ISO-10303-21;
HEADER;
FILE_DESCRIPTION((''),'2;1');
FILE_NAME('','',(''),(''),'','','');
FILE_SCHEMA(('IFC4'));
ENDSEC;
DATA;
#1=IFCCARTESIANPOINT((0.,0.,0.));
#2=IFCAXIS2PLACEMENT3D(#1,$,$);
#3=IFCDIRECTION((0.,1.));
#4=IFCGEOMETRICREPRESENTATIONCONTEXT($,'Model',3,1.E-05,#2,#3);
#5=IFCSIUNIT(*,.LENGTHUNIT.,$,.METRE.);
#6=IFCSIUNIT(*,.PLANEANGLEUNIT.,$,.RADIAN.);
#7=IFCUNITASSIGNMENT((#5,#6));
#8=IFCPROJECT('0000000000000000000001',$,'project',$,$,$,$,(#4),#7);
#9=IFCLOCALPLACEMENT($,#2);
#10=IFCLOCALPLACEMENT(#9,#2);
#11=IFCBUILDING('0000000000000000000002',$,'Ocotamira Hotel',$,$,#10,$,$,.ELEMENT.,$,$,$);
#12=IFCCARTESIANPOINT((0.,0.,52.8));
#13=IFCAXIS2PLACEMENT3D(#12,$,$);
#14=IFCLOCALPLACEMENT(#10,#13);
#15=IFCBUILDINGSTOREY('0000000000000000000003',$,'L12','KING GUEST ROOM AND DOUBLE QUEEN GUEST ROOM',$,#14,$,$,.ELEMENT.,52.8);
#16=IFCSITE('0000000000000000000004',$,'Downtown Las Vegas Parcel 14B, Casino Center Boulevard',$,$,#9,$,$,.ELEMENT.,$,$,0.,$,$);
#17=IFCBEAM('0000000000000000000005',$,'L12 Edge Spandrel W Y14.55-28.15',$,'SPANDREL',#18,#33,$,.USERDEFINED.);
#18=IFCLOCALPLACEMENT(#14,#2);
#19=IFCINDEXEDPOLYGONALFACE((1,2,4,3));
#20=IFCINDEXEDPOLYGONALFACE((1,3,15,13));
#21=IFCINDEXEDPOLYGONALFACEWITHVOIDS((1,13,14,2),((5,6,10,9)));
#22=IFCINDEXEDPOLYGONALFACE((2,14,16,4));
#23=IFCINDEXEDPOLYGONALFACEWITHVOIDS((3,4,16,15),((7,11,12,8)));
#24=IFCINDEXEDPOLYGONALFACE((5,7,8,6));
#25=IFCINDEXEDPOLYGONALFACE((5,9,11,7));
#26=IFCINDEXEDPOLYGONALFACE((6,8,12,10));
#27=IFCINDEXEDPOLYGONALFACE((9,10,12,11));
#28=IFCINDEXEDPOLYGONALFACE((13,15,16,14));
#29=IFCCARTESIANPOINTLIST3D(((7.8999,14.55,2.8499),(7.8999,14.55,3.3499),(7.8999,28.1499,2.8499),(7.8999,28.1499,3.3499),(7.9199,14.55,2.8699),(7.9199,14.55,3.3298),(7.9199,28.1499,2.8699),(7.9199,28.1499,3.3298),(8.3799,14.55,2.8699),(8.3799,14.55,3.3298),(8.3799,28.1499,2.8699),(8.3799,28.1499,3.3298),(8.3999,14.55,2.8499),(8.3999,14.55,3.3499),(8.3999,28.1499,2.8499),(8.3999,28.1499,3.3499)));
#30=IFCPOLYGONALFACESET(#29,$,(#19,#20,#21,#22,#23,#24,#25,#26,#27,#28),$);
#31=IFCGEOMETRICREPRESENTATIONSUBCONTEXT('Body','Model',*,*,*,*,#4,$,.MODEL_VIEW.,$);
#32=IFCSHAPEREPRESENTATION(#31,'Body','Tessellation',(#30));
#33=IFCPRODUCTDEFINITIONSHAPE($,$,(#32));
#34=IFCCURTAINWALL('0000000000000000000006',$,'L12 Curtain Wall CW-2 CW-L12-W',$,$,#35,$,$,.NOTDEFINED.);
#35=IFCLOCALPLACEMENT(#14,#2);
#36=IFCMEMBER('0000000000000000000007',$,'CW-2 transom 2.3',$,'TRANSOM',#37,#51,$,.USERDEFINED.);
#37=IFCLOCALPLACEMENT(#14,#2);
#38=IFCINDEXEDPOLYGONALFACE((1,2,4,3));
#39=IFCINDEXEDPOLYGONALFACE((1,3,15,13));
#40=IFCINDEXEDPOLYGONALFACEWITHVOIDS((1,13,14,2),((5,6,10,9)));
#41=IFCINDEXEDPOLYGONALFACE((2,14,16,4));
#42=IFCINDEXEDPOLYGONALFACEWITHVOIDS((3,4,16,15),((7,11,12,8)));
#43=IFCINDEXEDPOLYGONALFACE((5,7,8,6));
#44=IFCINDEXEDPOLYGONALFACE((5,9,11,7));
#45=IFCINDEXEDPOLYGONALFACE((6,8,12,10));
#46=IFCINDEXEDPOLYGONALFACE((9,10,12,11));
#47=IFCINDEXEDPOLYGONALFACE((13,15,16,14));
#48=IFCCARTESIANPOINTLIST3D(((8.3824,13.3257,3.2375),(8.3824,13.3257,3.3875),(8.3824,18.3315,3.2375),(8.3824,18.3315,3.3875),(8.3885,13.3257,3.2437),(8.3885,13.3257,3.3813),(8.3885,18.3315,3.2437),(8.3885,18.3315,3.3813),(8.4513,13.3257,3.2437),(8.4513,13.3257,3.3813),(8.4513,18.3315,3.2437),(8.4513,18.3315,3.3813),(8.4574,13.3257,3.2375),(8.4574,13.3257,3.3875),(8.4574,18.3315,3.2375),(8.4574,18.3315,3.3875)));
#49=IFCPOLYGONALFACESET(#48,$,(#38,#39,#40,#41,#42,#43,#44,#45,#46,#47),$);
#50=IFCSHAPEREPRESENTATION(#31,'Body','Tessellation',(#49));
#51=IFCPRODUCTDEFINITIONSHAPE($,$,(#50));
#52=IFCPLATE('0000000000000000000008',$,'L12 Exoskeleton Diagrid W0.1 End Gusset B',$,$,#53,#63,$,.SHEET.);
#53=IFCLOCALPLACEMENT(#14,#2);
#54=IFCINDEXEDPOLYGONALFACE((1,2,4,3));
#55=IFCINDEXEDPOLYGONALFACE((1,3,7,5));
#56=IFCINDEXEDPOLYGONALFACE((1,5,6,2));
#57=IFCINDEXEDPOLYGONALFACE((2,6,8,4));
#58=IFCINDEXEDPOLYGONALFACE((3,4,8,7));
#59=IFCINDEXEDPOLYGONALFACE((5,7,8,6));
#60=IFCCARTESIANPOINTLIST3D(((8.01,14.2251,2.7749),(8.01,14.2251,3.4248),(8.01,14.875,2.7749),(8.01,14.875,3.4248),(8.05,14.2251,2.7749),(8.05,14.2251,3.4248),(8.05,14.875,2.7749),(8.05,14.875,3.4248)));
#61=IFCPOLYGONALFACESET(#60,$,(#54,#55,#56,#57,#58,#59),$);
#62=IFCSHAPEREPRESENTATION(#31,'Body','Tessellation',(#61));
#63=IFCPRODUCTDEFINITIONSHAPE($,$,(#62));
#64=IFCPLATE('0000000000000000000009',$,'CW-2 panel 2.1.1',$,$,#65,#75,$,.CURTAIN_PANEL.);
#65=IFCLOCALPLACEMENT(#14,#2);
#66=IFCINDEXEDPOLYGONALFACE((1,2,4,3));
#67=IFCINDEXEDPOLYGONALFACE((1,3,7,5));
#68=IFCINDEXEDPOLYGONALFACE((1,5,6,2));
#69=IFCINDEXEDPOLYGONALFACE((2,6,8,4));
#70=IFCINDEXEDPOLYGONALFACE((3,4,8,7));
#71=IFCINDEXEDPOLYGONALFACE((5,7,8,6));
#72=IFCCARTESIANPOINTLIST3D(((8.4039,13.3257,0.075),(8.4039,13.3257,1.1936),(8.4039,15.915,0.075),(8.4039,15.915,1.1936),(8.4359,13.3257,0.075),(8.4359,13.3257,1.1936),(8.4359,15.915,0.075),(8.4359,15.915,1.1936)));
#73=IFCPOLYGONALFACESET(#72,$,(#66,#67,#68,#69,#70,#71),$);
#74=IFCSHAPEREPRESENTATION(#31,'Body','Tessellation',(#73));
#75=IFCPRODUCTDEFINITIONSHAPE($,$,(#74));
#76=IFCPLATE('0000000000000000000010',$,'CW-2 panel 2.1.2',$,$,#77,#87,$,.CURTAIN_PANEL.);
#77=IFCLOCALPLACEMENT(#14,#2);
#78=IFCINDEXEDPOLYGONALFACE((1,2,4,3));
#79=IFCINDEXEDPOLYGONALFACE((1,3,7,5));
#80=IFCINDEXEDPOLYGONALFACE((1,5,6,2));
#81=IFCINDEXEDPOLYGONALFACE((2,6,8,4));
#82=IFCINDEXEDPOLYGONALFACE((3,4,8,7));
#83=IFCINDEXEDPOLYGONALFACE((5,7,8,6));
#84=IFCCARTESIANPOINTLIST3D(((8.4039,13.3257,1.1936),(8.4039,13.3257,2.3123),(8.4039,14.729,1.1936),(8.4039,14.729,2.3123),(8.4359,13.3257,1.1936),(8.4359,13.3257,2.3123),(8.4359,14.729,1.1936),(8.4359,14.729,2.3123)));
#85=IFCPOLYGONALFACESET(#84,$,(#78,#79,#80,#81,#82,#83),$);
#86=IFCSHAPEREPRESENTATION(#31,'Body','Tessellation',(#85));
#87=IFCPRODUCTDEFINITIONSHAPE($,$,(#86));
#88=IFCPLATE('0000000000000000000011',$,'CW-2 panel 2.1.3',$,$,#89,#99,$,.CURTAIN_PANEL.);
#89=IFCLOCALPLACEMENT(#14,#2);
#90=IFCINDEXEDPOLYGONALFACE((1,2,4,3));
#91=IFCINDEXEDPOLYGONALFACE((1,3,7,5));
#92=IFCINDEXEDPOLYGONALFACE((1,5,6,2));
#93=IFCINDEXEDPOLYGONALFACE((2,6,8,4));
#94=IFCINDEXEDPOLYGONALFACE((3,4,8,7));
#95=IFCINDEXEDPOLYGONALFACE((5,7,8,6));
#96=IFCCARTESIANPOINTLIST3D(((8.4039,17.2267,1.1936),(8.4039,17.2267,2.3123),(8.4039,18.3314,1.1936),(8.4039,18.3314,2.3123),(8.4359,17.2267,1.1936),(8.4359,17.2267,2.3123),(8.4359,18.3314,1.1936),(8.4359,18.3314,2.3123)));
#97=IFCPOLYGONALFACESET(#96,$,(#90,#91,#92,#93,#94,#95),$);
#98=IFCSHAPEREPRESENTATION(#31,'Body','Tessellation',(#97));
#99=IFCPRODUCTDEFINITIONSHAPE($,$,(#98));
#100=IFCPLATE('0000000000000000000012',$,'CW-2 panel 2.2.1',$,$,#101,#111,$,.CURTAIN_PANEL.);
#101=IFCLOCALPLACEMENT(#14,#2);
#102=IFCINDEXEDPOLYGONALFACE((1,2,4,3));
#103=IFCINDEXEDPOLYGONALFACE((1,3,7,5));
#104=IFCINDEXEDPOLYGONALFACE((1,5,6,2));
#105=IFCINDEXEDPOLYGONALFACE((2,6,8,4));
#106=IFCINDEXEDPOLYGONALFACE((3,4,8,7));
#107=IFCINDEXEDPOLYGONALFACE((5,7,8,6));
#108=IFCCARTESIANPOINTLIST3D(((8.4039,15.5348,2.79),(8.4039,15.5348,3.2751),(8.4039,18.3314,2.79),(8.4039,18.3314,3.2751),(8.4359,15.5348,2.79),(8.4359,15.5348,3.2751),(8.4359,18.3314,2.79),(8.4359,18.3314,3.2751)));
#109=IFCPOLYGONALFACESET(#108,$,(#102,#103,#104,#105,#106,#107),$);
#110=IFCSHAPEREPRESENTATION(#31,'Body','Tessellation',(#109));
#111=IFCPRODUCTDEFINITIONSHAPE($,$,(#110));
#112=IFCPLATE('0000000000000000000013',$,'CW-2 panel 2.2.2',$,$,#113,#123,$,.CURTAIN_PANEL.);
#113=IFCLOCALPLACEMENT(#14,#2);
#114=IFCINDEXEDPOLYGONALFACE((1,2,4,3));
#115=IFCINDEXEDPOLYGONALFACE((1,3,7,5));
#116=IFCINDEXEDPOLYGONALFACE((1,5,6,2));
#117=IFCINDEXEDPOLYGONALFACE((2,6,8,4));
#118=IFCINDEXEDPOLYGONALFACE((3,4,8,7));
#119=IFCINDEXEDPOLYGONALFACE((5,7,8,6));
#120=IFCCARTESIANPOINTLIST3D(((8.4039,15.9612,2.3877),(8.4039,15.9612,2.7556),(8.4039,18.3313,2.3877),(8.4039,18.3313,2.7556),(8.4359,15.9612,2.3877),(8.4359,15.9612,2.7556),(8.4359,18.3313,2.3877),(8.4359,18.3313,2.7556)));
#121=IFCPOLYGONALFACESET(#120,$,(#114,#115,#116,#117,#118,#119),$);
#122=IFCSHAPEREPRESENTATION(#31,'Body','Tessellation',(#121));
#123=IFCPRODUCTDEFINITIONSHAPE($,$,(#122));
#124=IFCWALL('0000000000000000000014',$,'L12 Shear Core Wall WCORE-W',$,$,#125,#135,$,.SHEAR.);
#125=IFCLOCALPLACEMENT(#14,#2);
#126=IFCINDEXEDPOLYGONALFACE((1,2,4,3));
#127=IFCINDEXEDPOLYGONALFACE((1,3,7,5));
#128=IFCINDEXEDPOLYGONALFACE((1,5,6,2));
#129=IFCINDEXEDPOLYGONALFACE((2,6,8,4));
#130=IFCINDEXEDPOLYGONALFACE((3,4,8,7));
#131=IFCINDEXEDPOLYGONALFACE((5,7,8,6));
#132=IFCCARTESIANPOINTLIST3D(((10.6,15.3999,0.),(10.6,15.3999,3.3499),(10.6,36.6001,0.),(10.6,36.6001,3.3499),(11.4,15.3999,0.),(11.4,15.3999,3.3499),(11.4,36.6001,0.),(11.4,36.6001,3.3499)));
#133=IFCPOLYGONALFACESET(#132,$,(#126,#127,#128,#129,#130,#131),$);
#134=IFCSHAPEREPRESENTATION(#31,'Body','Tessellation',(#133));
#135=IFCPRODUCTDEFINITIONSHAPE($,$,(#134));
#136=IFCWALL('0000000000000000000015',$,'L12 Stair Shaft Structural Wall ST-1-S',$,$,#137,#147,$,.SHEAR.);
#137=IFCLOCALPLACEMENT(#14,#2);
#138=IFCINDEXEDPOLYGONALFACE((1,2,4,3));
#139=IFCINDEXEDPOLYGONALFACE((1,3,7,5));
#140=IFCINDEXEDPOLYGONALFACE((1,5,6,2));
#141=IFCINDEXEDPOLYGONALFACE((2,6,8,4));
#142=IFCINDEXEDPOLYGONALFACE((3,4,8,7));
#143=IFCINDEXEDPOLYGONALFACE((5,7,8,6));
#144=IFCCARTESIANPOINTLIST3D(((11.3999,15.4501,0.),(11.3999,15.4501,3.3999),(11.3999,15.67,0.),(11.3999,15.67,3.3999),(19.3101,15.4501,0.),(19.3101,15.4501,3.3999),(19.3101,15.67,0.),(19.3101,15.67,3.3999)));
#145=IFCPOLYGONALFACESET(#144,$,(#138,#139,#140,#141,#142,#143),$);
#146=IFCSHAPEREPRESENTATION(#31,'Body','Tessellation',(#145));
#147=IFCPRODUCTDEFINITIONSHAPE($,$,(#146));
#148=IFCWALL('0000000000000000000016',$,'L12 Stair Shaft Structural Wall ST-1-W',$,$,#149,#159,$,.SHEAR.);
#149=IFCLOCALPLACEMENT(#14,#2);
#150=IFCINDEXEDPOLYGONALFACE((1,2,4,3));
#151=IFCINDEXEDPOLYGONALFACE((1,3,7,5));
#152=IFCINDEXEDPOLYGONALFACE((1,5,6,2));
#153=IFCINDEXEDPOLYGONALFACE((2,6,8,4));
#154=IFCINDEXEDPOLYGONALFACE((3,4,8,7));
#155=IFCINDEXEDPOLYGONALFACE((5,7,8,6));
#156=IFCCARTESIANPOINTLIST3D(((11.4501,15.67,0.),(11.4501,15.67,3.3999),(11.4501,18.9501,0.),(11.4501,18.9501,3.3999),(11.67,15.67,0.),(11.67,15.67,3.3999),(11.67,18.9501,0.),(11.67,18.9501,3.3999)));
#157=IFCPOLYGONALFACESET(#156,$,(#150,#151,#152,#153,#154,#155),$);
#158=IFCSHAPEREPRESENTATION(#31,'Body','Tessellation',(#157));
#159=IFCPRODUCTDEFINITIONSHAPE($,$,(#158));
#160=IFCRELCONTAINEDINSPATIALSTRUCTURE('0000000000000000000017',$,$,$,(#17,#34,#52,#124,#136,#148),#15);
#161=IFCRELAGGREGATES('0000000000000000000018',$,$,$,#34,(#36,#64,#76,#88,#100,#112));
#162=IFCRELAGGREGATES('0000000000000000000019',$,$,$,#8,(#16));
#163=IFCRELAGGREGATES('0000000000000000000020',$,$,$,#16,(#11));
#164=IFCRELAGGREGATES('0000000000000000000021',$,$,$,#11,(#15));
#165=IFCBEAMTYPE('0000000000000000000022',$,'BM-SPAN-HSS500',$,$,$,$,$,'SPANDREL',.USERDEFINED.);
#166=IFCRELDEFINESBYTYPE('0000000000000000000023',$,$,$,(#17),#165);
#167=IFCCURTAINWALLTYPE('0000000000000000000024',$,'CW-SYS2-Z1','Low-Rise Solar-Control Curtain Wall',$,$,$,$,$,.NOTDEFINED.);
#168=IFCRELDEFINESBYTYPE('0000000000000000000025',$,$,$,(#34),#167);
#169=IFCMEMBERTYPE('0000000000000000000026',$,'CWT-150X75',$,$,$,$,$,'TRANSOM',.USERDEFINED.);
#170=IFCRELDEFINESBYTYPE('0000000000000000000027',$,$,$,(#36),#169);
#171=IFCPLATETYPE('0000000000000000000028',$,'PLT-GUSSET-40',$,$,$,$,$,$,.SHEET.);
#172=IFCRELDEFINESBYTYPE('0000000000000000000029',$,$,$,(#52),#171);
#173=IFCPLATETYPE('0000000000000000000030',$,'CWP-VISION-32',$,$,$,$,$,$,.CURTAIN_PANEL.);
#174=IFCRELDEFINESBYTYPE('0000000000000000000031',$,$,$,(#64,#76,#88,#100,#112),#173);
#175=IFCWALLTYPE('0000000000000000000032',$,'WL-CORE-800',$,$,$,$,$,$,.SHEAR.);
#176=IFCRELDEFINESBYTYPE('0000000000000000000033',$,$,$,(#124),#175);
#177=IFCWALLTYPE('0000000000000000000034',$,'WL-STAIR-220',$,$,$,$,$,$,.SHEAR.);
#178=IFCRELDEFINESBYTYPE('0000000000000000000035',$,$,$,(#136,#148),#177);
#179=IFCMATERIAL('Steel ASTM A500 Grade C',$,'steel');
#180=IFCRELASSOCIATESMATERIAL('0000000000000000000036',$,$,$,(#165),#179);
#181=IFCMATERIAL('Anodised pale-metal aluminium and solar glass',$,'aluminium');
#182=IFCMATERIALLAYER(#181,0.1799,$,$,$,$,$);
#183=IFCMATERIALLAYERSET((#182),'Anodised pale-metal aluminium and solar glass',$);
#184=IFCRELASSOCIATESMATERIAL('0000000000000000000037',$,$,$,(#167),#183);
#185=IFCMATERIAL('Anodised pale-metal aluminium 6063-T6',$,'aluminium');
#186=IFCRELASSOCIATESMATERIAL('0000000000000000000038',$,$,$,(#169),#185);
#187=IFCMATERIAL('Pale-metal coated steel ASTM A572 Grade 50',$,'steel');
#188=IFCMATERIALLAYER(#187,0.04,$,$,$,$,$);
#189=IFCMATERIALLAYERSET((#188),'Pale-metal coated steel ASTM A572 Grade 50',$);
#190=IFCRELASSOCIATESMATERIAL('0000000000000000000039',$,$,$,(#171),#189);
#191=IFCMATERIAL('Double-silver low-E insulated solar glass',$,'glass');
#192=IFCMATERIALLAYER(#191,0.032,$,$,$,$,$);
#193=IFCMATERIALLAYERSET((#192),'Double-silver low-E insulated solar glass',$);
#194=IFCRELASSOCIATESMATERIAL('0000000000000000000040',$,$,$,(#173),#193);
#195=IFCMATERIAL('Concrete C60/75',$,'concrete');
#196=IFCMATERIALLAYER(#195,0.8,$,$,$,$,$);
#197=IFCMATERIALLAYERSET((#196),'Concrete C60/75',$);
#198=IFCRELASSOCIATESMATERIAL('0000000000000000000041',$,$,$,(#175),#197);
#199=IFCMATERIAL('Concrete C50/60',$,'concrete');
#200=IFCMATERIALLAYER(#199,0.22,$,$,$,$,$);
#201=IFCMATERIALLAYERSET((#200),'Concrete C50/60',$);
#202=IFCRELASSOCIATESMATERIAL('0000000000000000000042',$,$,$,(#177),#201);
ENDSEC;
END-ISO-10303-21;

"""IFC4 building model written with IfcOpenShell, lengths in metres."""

from ifc_helpers import new_model, si_unit, direction, frame, frame_2d, origin, origin_2d, place, context, subcontext, project, spatial, rectangle, hollow_rectangle, extrude, source, transform, mapped, material, layer, layer_set, material_profile, profile_set, type_object, element, aggregate, save


model = new_model("IFC4")

# Units and contexts
model_context = context("Model", 3, precision=1e-05, world=origin(), true_north=direction((0.0, 1.0)))
body_context = subcontext(model_context, "Body", "Model", "MODEL_VIEW")
ifc_project = project(units=[si_unit("LENGTHUNIT", "METRE"), si_unit("PLANEANGLEUNIT", "RADIAN")], contexts=[model_context])

# Site, building, storey
site_placement = place(None, origin())
site = spatial("IfcSite", under=ifc_project, at=site_placement, Name="Downtown Las Vegas Parcel 14B, Casino Center Boulevard", CompositionType="ELEMENT", RefElevation=0.0)
building_placement = place(site_placement, origin())
building = spatial("IfcBuilding", under=site, at=building_placement, Name="Ocotamira Hotel", CompositionType="ELEMENT")
storey_placement = place(building_placement, frame((0.0, 0.0, 52.8)))
storey = spatial("IfcBuildingStorey", under=building, at=storey_placement, Name="L12", Description="KING GUEST ROOM AND DOUBLE QUEEN GUEST ROOM", CompositionType="ELEMENT", Elevation=52.8)

# Beam
ifc_material_1 = material(Name="Steel ASTM A500 Grade C", Category="steel")
ifc_material_profile_1 = material_profile(ifc_material_1, hollow_rectangle(XDim=0.5, YDim=0.5, WallThickness=0.02, at=origin_2d()), Name="HSS500X500X20")
ifc_profile_set_1 = profile_set([ifc_material_profile_1], Name="Steel ASTM A500 Grade C")
beam_type_1 = type_object("IfcBeamType", Name="BM-SPAN-HSS500", ElementType="SPANDREL", PredefinedType="USERDEFINED", material=ifc_profile_set_1)
shared_shape_1 = source(origin(), body_context, "Body", "SweptSolid", [
    extrude(hollow_rectangle(XDim=0.5, YDim=0.5, WallThickness=0.02, at=origin_2d()), origin(), (0.0, 0.0, 1.0), 13.5999),
])
beam_1_placement = place(storey_placement, frame((8.1499, 14.55, 3.0999), z_axis=(0.0, 1.0, 0.0), x_axis=(-1.0, 0.0, 0.0)))
element("IfcBeam", 1, at=beam_1_placement, inside=storey, type_object=beam_type_1, Name="L12 Edge Spandrel W Y14.55-28.15", ObjectType="SPANDREL", PredefinedType="USERDEFINED", context=body_context, shape_type="MappedRepresentation", body=[
    mapped(shared_shape_1, transform((0.0, 0.0, 0.0), scale=1.0)),
])

# Curtain wall, member
ifc_material_2 = material(Name="Anodised pale-metal aluminium and solar glass", Category="aluminium")
ifc_layer_1 = layer(ifc_material_2, 0.1799)
ifc_layer_set_1 = layer_set([ifc_layer_1], Name="Anodised pale-metal aluminium and solar glass")
curtain_wall_type = type_object("IfcCurtainWallType", Name="CW-SYS2-Z1", Description="Low-Rise Solar-Control Curtain Wall", PredefinedType="NOTDEFINED", material=ifc_layer_set_1)
curtain_wall_placement = place(storey_placement, origin())
curtain_wall = element("IfcCurtainWall", 2, at=curtain_wall_placement, inside=storey, type_object=curtain_wall_type, Name="L12 Curtain Wall CW-2 CW-L12-W", PredefinedType="NOTDEFINED")
ifc_material_3 = material(Name="Anodised pale-metal aluminium 6063-T6", Category="aluminium")
ifc_material_profile_2 = material_profile(ifc_material_3, hollow_rectangle(XDim=0.075, YDim=0.1499, WallThickness=0.0061, at=origin_2d()), Name="HSS150X75X6")
ifc_profile_set_2 = profile_set([ifc_material_profile_2], Name="Anodised pale-metal aluminium 6063-T6")
member_type = type_object("IfcMemberType", Name="CWT-150X75", ElementType="TRANSOM", PredefinedType="USERDEFINED", material=ifc_profile_set_2)
shared_shape_2 = source(origin(), body_context, "Body", "SweptSolid", [
    extrude(hollow_rectangle(XDim=0.075, YDim=0.1499, WallThickness=0.0061, at=origin_2d()), origin(), (0.0, 0.0, 1.0), 5.0059),
])
member_placement = place(storey_placement, frame((8.4199, 13.3257, 3.3125), z_axis=(0.0, 1.0, 0.0), x_axis=(-1.0, 0.0, 0.0)))
member = element("IfcMember", 3, at=member_placement, type_object=member_type, Name="CW-2 transom 2.3", ObjectType="TRANSOM", PredefinedType="USERDEFINED", context=body_context, shape_type="MappedRepresentation", body=[
    mapped(shared_shape_2, transform((0.0, 0.0, 0.0), scale=1.0)),
])

# Plates
ifc_material_4 = material(Name="Pale-metal coated steel ASTM A572 Grade 50", Category="steel")
ifc_layer_2 = layer(ifc_material_4, 0.04)
ifc_layer_set_2 = layer_set([ifc_layer_2], Name="Pale-metal coated steel ASTM A572 Grade 50")
plate_type_1 = type_object("IfcPlateType", Name="PLT-GUSSET-40", PredefinedType="SHEET", material=ifc_layer_set_2)
shared_shape_3 = source(origin(), body_context, "Body", "SweptSolid", [
    extrude(rectangle(XDim=0.04, YDim=0.6499, at=origin_2d()), origin(), (0.0, 0.0, 1.0), 0.6499),
])
plate_1_placement = place(storey_placement, frame((8.03, 14.55, 2.7749), z_axis=(0.0, 0.0, 1.0), x_axis=(1.0, 0.0, 0.0)))
element("IfcPlate", 4, at=plate_1_placement, inside=storey, type_object=plate_type_1, Name="L12 Exoskeleton Diagrid W0.1 End Gusset B", PredefinedType="SHEET", context=body_context, shape_type="MappedRepresentation", body=[
    mapped(shared_shape_3, transform((0.0, 0.0, 0.0), scale=1.0)),
])
ifc_material_5 = material(Name="Double-silver low-E insulated solar glass", Category="glass")
ifc_layer_3 = layer(ifc_material_5, 0.032)
ifc_layer_set_3 = layer_set([ifc_layer_3], Name="Double-silver low-E insulated solar glass")
plate_type_2 = type_object("IfcPlateType", Name="CWP-VISION-32", PredefinedType="CURTAIN_PANEL", material=ifc_layer_set_3)
shared_shape_4 = source(origin(), body_context, "Body", "SweptSolid", [
    extrude(rectangle(XDim=2.5894, YDim=0.032, at=origin_2d()), origin(), (0.0, 0.0, 1.0), 1.1187),
])
plate_2_placement = place(storey_placement, frame((8.4199, 14.6204, 0.075), z_axis=(0.0, 0.0, 1.0), x_axis=(0.0, 1.0, 0.0)))
plate_2 = element("IfcPlate", 5, at=plate_2_placement, type_object=plate_type_2, Name="CW-2 panel 2.1.1", PredefinedType="CURTAIN_PANEL", context=body_context, shape_type="MappedRepresentation", body=[
    mapped(shared_shape_4, transform((0.0, 0.0, 0.0), scale=1.0)),
])
shared_shape_5 = source(origin(), body_context, "Body", "SweptSolid", [
    extrude(rectangle(XDim=1.4033, YDim=0.032, at=origin_2d()), origin(), (0.0, 0.0, 1.0), 1.1187),
])
plate_3_placement = place(storey_placement, frame((8.4199, 14.0273, 1.1936), z_axis=(0.0, 0.0, 1.0), x_axis=(0.0, 1.0, 0.0)))
plate_3 = element("IfcPlate", 6, at=plate_3_placement, type_object=plate_type_2, Name="CW-2 panel 2.1.2", PredefinedType="CURTAIN_PANEL", context=body_context, shape_type="MappedRepresentation", body=[
    mapped(shared_shape_5, transform((0.0, 0.0, 0.0), scale=1.0)),
])
shared_shape_6 = source(origin(), body_context, "Body", "SweptSolid", [
    extrude(rectangle(XDim=1.1047, YDim=0.032, at=origin_2d()), origin(), (0.0, 0.0, 1.0), 1.1187),
])
plate_4_placement = place(storey_placement, frame((8.4199, 17.7791, 1.1936), z_axis=(0.0, 0.0, 1.0), x_axis=(0.0, 1.0, 0.0)))
plate_4 = element("IfcPlate", 7, at=plate_4_placement, type_object=plate_type_2, Name="CW-2 panel 2.1.3", PredefinedType="CURTAIN_PANEL", context=body_context, shape_type="MappedRepresentation", body=[
    mapped(shared_shape_6, transform((0.0, 0.0, 0.0), scale=1.0)),
])
shared_shape_7 = source(origin(), body_context, "Body", "SweptSolid", [
    extrude(rectangle(XDim=2.7966, YDim=0.032, at=origin_2d()), origin(), (0.0, 0.0, 1.0), 0.4851),
])
plate_5_placement = place(storey_placement, frame((8.4199, 16.9331, 2.79), z_axis=(0.0, 0.0, 1.0), x_axis=(0.0, 1.0, 0.0)))
plate_5 = element("IfcPlate", 8, at=plate_5_placement, type_object=plate_type_2, Name="CW-2 panel 2.2.1", PredefinedType="CURTAIN_PANEL", context=body_context, shape_type="MappedRepresentation", body=[
    mapped(shared_shape_7, transform((0.0, 0.0, 0.0), scale=1.0)),
])
shared_shape_8 = source(origin(), body_context, "Body", "SweptSolid", [
    extrude(rectangle(XDim=2.3701, YDim=0.032, at=origin_2d()), origin(), (0.0, 0.0, 1.0), 0.3679),
])
plate_6_placement = place(storey_placement, frame((8.4199, 17.1462, 2.3877), z_axis=(0.0, 0.0, 1.0), x_axis=(0.0, 1.0, 0.0)))
plate_6 = element("IfcPlate", 9, at=plate_6_placement, type_object=plate_type_2, Name="CW-2 panel 2.2.2", PredefinedType="CURTAIN_PANEL", context=body_context, shape_type="MappedRepresentation", body=[
    mapped(shared_shape_8, transform((0.0, 0.0, 0.0), scale=1.0)),
])
aggregate(curtain_wall, [member, plate_2, plate_3, plate_4, plate_5, plate_6])

# Shared definitions
ifc_material_6 = material(Name="Concrete C60/75", Category="concrete")
ifc_layer_4 = layer(ifc_material_6, 0.8)
ifc_layer_set_4 = layer_set([ifc_layer_4], Name="Concrete C60/75")
wall_type_1 = type_object("IfcWallType", Name="WL-CORE-800", PredefinedType="SHEAR", material=ifc_layer_set_4)

# Walls
wall_1_placement = place(storey_placement, frame((11.0, 15.3999, 0.0), z_axis=(0.0, 0.0, 1.0), x_axis=(0.0, 1.0, 0.0)))
element("IfcWall", 10, at=wall_1_placement, inside=storey, type_object=wall_type_1, Name="L12 Shear Core Wall WCORE-W", PredefinedType="SHEAR", context=body_context, shape_type="SweptSolid", body=[
    extrude(rectangle(XDim=21.2002, YDim=0.8, at=frame_2d((10.6001, 0.0))), origin(), (0.0, 0.0, 1.0), 3.3499),
])
ifc_material_7 = material(Name="Concrete C50/60", Category="concrete")
ifc_layer_5 = layer(ifc_material_7, 0.22)
ifc_layer_set_5 = layer_set([ifc_layer_5], Name="Concrete C50/60")
wall_type_2 = type_object("IfcWallType", Name="WL-STAIR-220", PredefinedType="SHEAR", material=ifc_layer_set_5)
wall_2_placement = place(storey_placement, frame((11.3999, 15.5601, 0.0), z_axis=(0.0, 0.0, 1.0), x_axis=(1.0, 0.0, 0.0)))
element("IfcWall", 11, at=wall_2_placement, inside=storey, type_object=wall_type_2, Name="L12 Stair Shaft Structural Wall ST-1-S", PredefinedType="SHEAR", context=body_context, shape_type="SweptSolid", body=[
    extrude(rectangle(XDim=7.9102, YDim=0.22, at=frame_2d((3.9551, 0.0))), origin(), (0.0, 0.0, 1.0), 3.3999),
])
wall_3_placement = place(storey_placement, frame((11.5601, 15.6699, 0.0), z_axis=(0.0, 0.0, 1.0), x_axis=(0.0, 1.0, 0.0)))
element("IfcWall", 12, at=wall_3_placement, inside=storey, type_object=wall_type_2, Name="L12 Stair Shaft Structural Wall ST-1-W", PredefinedType="SHEAR", context=body_context, shape_type="SweptSolid", body=[
    extrude(rectangle(XDim=3.28, YDim=0.22, at=frame_2d((1.6401, 0.0))), origin(), (0.0, 0.0, 1.0), 3.3999),
])

save(model, "model.ifc")
